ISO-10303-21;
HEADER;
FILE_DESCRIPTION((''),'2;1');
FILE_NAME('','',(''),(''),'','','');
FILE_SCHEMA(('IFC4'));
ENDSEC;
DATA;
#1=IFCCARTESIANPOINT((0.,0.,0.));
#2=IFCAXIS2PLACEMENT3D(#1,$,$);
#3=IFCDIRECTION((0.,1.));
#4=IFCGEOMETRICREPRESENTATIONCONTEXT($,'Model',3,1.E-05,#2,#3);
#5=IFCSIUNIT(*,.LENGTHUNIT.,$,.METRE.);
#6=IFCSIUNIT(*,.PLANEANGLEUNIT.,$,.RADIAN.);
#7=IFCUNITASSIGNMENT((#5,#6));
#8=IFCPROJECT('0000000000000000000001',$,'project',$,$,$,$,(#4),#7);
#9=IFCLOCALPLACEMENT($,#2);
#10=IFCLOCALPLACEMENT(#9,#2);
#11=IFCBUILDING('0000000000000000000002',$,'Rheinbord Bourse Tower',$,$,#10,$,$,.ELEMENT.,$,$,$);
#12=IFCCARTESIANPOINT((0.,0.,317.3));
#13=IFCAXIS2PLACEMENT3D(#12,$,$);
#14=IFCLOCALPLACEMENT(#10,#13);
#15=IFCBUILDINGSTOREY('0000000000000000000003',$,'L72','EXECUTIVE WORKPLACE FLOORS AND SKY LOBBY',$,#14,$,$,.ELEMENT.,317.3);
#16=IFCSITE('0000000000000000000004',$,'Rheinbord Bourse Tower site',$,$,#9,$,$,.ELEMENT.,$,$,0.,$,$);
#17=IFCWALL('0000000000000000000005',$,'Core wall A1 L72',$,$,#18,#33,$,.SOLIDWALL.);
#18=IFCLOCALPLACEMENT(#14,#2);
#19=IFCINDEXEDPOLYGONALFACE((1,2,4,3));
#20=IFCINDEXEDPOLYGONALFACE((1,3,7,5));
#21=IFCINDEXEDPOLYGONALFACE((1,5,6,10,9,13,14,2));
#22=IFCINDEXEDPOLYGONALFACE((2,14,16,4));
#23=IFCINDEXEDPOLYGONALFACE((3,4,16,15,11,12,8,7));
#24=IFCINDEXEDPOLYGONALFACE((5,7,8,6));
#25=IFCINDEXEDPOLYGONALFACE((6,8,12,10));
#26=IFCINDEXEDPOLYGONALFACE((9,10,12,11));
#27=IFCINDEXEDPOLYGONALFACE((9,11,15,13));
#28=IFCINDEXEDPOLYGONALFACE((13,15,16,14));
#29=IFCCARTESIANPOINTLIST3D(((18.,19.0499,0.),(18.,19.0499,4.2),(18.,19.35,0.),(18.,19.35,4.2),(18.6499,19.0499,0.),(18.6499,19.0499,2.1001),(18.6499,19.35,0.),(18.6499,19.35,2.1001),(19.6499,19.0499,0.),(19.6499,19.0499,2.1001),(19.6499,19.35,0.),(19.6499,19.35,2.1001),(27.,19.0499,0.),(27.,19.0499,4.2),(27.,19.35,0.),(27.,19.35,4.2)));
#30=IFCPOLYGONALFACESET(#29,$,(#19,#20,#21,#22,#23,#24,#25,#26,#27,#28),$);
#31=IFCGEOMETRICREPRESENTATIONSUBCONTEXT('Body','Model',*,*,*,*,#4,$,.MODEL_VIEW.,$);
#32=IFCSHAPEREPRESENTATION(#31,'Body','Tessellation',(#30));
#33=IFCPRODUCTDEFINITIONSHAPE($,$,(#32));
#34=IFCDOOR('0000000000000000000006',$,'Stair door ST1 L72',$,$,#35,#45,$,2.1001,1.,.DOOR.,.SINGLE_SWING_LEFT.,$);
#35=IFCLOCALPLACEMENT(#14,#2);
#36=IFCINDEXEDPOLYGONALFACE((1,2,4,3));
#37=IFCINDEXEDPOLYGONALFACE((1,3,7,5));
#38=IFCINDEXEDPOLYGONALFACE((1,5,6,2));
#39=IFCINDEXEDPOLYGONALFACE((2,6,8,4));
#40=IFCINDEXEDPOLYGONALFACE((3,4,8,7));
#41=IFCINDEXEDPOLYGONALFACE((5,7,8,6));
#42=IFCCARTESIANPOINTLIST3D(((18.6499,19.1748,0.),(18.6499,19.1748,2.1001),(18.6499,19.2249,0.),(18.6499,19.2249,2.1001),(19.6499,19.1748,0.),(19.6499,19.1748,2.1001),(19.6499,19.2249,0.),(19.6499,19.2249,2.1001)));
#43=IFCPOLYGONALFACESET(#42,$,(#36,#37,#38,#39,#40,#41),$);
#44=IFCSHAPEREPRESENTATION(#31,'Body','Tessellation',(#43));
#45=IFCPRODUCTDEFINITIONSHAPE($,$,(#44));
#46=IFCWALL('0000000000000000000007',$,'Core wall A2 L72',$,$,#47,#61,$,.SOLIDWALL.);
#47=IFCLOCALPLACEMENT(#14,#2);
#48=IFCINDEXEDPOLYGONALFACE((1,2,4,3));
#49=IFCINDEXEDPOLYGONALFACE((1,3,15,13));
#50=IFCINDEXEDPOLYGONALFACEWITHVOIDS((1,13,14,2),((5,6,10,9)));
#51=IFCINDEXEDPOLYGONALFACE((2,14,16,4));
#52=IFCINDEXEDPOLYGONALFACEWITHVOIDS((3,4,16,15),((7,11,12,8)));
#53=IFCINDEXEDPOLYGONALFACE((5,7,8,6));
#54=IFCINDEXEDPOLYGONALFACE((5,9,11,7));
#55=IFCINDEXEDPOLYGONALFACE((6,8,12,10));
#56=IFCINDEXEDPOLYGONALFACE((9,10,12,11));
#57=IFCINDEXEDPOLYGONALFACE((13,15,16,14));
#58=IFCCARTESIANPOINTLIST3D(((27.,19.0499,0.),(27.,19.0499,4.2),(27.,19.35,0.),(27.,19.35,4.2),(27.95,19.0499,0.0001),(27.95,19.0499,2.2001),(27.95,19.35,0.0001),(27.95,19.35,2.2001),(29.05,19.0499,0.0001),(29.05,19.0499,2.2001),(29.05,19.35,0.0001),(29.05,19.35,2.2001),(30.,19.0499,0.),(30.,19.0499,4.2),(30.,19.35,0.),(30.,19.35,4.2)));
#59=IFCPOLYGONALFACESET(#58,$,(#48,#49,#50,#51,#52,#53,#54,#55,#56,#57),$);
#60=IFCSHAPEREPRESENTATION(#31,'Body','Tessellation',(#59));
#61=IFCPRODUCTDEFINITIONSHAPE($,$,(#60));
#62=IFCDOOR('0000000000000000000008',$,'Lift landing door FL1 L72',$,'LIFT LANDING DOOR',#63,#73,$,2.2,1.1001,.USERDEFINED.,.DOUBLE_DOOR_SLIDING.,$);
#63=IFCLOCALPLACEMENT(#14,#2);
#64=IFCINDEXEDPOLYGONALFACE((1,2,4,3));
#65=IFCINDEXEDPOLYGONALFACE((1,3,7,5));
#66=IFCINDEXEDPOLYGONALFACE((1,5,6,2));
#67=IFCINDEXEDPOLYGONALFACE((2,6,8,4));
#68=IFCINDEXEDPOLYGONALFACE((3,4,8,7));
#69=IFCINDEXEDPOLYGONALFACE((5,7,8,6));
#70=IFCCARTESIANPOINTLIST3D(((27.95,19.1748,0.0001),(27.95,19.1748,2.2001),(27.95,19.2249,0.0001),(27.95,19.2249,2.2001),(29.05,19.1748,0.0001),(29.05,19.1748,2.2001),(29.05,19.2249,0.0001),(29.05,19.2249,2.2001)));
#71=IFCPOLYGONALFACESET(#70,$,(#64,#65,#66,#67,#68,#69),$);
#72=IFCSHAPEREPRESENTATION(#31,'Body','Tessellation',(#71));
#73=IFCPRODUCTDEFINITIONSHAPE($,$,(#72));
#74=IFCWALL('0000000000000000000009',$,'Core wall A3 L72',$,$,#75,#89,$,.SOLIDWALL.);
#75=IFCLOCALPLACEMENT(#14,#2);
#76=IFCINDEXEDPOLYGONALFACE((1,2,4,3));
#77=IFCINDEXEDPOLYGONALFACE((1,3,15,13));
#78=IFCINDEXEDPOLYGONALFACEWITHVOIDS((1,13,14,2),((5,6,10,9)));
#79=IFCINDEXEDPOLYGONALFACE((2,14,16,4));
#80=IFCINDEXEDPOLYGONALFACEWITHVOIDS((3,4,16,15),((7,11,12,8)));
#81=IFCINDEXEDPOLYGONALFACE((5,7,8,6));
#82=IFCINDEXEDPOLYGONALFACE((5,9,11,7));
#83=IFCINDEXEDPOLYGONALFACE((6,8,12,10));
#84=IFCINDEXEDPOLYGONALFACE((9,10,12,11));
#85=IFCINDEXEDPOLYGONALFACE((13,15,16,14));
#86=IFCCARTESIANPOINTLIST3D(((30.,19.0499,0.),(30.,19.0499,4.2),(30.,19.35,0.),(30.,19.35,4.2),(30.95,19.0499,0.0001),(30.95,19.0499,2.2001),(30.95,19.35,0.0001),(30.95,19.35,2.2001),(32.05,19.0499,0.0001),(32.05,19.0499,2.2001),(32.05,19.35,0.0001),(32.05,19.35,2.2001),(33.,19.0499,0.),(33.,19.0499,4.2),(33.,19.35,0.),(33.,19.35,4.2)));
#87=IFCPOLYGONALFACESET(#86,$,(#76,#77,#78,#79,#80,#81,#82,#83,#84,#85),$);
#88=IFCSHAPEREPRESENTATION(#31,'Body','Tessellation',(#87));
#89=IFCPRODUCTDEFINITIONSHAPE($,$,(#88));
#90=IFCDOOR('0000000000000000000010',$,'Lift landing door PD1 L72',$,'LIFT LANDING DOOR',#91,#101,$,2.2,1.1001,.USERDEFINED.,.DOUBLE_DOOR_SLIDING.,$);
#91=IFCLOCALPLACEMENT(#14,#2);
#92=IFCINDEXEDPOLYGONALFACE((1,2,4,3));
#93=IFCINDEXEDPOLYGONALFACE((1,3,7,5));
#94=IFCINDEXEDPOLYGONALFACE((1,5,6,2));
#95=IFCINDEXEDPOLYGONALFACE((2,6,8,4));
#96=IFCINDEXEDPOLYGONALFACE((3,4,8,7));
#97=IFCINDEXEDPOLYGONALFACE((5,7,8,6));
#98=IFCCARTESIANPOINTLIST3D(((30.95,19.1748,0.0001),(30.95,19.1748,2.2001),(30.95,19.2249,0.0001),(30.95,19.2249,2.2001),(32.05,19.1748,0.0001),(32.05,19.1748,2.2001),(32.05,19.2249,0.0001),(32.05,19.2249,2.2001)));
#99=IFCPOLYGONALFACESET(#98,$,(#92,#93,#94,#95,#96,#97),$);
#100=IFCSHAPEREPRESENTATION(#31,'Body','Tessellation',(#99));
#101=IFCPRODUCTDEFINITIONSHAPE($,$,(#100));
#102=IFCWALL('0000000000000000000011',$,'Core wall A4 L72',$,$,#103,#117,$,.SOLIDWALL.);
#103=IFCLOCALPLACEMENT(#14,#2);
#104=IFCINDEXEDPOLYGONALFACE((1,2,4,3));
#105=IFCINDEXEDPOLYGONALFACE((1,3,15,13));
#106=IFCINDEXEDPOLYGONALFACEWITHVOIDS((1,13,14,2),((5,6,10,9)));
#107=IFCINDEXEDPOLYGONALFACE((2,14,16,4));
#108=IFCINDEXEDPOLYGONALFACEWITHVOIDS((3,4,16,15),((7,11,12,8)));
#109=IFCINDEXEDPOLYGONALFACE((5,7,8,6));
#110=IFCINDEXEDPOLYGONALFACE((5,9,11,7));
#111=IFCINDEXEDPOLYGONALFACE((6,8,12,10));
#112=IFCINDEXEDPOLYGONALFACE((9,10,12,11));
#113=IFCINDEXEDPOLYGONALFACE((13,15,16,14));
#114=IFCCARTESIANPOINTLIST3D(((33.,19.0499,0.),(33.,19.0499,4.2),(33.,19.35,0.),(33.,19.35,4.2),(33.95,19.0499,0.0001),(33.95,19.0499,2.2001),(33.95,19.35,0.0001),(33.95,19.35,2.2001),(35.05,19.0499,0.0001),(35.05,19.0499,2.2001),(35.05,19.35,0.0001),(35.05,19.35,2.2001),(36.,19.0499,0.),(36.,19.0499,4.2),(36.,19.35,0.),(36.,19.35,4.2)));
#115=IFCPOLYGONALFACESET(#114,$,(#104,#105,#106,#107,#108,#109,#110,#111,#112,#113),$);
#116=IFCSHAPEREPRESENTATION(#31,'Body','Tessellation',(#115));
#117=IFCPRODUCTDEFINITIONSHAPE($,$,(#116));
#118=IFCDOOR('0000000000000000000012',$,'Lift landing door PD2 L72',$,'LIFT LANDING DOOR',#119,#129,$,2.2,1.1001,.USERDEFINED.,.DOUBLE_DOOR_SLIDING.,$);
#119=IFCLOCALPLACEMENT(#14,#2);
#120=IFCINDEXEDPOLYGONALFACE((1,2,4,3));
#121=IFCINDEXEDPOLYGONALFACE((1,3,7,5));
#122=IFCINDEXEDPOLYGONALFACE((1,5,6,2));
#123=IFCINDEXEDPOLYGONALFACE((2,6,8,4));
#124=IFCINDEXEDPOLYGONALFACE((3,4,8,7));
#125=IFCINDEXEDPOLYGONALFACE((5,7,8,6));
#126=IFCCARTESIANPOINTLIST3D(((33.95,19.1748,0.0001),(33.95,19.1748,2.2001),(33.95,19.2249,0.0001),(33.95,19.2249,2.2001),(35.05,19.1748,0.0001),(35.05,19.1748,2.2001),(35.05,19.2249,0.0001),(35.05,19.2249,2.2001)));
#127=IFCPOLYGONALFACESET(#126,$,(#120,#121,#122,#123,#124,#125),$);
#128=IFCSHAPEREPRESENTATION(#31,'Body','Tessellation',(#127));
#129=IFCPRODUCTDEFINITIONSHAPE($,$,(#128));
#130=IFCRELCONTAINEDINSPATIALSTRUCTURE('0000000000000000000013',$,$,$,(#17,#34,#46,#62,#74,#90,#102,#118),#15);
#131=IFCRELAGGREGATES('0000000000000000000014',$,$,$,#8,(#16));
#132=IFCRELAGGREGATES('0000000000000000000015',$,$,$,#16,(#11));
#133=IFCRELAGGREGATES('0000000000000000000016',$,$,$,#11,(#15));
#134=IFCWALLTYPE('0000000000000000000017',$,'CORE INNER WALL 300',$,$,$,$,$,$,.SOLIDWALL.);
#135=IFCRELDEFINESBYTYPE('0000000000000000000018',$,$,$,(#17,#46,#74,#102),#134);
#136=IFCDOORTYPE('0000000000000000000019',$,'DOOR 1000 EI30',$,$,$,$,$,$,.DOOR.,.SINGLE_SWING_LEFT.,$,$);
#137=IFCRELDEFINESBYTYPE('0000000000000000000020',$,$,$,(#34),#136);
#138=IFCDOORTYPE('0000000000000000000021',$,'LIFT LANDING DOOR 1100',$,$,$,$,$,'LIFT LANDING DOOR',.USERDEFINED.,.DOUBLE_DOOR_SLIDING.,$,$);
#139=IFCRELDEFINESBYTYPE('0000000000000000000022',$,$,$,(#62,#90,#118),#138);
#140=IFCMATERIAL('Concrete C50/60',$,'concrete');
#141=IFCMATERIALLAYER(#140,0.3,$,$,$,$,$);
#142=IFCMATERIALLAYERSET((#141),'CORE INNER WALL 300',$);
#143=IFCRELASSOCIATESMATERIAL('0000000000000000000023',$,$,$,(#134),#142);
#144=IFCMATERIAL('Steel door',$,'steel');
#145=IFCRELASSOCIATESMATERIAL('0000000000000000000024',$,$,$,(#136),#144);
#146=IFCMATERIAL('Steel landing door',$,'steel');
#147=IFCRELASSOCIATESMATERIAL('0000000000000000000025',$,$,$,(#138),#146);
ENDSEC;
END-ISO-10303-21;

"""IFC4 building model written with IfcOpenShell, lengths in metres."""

from ifc_helpers import new_model, si_unit, direction, frame, frame_2d, origin, place, context, subcontext, project, spatial, rectangle, extrude, material, layer, layer_set, type_object, element, fill, save


model = new_model("IFC4")

# Units and contexts
model_context = context("Model", 3, precision=1e-05, world=origin(), true_north=direction((0.0, 1.0)))
body_context = subcontext(model_context, "Body", "Model", "MODEL_VIEW")
ifc_project = project(units=[si_unit("LENGTHUNIT", "METRE"), si_unit("PLANEANGLEUNIT", "RADIAN")], contexts=[model_context])

# Site, building, storey
site_placement = place(None, origin())
site = spatial("IfcSite", under=ifc_project, at=site_placement, Name="Rheinbord Bourse Tower site", CompositionType="ELEMENT", RefElevation=0.0)
building_placement = place(site_placement, origin())
building = spatial("IfcBuilding", under=site, at=building_placement, Name="Rheinbord Bourse Tower", CompositionType="ELEMENT")
storey_placement = place(building_placement, frame((0.0, 0.0, 317.3)))
storey = spatial("IfcBuildingStorey", under=building, at=storey_placement, Name="L72", Description="EXECUTIVE WORKPLACE FLOORS AND SKY LOBBY", CompositionType="ELEMENT", Elevation=317.3)

# Walls, openings, doors
ifc_material_1 = material(Name="Concrete C50/60", Category="concrete")
ifc_layer_1 = layer(ifc_material_1, 0.3)
ifc_layer_set_1 = layer_set([ifc_layer_1], Name="CORE INNER WALL 300")
wall_type_1 = type_object("IfcWallType", Name="CORE INNER WALL 300", PredefinedType="SOLIDWALL", material=ifc_layer_set_1)
wall_1_placement = place(storey_placement, frame((18.0, 19.2, 0.0), z_axis=(0.0, 0.0, 1.0), x_axis=(1.0, 0.0, 0.0)))
wall_1 = element("IfcWall", 1, at=wall_1_placement, inside=storey, type_object=wall_type_1, Name="Core wall A1 L72", PredefinedType="SOLIDWALL", context=body_context, shape_type="SweptSolid", body=[
    extrude(rectangle(XDim=9.0, YDim=0.3, at=frame_2d((4.5, 0.0))), origin(), (0.0, 0.0, 1.0), 4.2),
])
opening_1_placement = place(wall_1_placement, frame((0.6499, 0.0, 0.0)))
opening_1 = element("IfcOpeningElement", 2, at=opening_1_placement, cuts=wall_1, PredefinedType="OPENING", context=body_context, shape_type="SweptSolid", body=[
    extrude(rectangle(XDim=1.0, YDim=2.1001, at=frame_2d((0.5, 1.05))), frame((0.0, 0.1599, 0.0), z_axis=(0.0, -1.0, 0.0), x_axis=(1.0, 0.0, 0.0)), (0.0, 0.0, 1.0), 0.3201),
])
ifc_material_2 = material(Name="Steel door", Category="steel")
door_type_1 = type_object("IfcDoorType", Name="DOOR 1000 EI30", OperationType="SINGLE_SWING_LEFT", PredefinedType="DOOR", material=ifc_material_2)
door_1_placement = place(opening_1_placement, origin())
door_1 = element("IfcDoor", 3, at=door_1_placement, inside=storey, type_object=door_type_1, Name="Stair door ST1 L72", OperationType="SINGLE_SWING_LEFT", OverallHeight=2.1001, OverallWidth=1.0, PredefinedType="DOOR", context=body_context, shape_type="SweptSolid", body=[
    extrude(rectangle(XDim=1.0, YDim=2.1001, at=frame_2d((0.5, 1.05))), frame((0.0, 0.0249, 0.0), z_axis=(0.0, -1.0, 0.0), x_axis=(1.0, 0.0, 0.0)), (0.0, 0.0, 1.0), 0.05),
])
fill(opening_1, door_1)
wall_2_placement = place(storey_placement, frame((27.0, 19.2, 0.0), z_axis=(0.0, 0.0, 1.0), x_axis=(1.0, 0.0, 0.0)))
wall_2 = element("IfcWall", 4, at=wall_2_placement, inside=storey, type_object=wall_type_1, Name="Core wall A2 L72", PredefinedType="SOLIDWALL", context=body_context, shape_type="SweptSolid", body=[
    extrude(rectangle(XDim=3.0, YDim=0.3, at=frame_2d((1.5, 0.0))), origin(), (0.0, 0.0, 1.0), 4.2),
])
opening_2_placement = place(wall_2_placement, frame((0.95, 0.0, 0.0)))
opening_2 = element("IfcOpeningElement", 5, at=opening_2_placement, cuts=wall_2, PredefinedType="OPENING", context=body_context, shape_type="SweptSolid", body=[
    extrude(rectangle(XDim=1.1001, YDim=2.2, at=frame_2d((0.55, 1.1001))), frame((0.0, 0.1599, 0.0), z_axis=(0.0, -1.0, 0.0), x_axis=(1.0, 0.0, 0.0)), (0.0, 0.0, 1.0), 0.3201),
])
ifc_material_3 = material(Name="Steel landing door", Category="steel")
door_type_2 = type_object("IfcDoorType", Name="LIFT LANDING DOOR 1100", ElementType="LIFT LANDING DOOR", OperationType="DOUBLE_DOOR_SLIDING", PredefinedType="USERDEFINED", material=ifc_material_3)
door_2_placement = place(opening_2_placement, origin())
door_2 = element("IfcDoor", 6, at=door_2_placement, inside=storey, type_object=door_type_2, Name="Lift landing door FL1 L72", ObjectType="LIFT LANDING DOOR", OperationType="DOUBLE_DOOR_SLIDING", OverallHeight=2.2, OverallWidth=1.1001, PredefinedType="USERDEFINED", context=body_context, shape_type="SweptSolid", body=[
    extrude(rectangle(XDim=1.1001, YDim=2.2, at=frame_2d((0.55, 1.1001))), frame((0.0, 0.0249, 0.0), z_axis=(0.0, -1.0, 0.0), x_axis=(1.0, 0.0, 0.0)), (0.0, 0.0, 1.0), 0.05),
])
fill(opening_2, door_2)
wall_3_placement = place(storey_placement, frame((30.0, 19.2, 0.0), z_axis=(0.0, 0.0, 1.0), x_axis=(1.0, 0.0, 0.0)))
wall_3 = element("IfcWall", 7, at=wall_3_placement, inside=storey, type_object=wall_type_1, Name="Core wall A3 L72", PredefinedType="SOLIDWALL", context=body_context, shape_type="SweptSolid", body=[
    extrude(rectangle(XDim=3.0, YDim=0.3, at=frame_2d((1.5, 0.0))), origin(), (0.0, 0.0, 1.0), 4.2),
])
opening_3_placement = place(wall_3_placement, frame((0.95, 0.0, 0.0)))
opening_3 = element("IfcOpeningElement", 8, at=opening_3_placement, cuts=wall_3, PredefinedType="OPENING", context=body_context, shape_type="SweptSolid", body=[
    extrude(rectangle(XDim=1.1001, YDim=2.2, at=frame_2d((0.55, 1.1001))), frame((0.0, 0.1599, 0.0), z_axis=(0.0, -1.0, 0.0), x_axis=(1.0, 0.0, 0.0)), (0.0, 0.0, 1.0), 0.3201),
])
door_3_placement = place(opening_3_placement, origin())
door_3 = element("IfcDoor", 9, at=door_3_placement, inside=storey, type_object=door_type_2, Name="Lift landing door PD1 L72", ObjectType="LIFT LANDING DOOR", OperationType="DOUBLE_DOOR_SLIDING", OverallHeight=2.2, OverallWidth=1.1001, PredefinedType="USERDEFINED", context=body_context, shape_type="SweptSolid", body=[
    extrude(rectangle(XDim=1.1001, YDim=2.2, at=frame_2d((0.55, 1.1001))), frame((0.0, 0.0249, 0.0), z_axis=(0.0, -1.0, 0.0), x_axis=(1.0, 0.0, 0.0)), (0.0, 0.0, 1.0), 0.05),
])
fill(opening_3, door_3)
wall_4_placement = place(storey_placement, frame((33.0, 19.2, 0.0), z_axis=(0.0, 0.0, 1.0), x_axis=(1.0, 0.0, 0.0)))
wall_4 = element("IfcWall", 10, at=wall_4_placement, inside=storey, type_object=wall_type_1, Name="Core wall A4 L72", PredefinedType="SOLIDWALL", context=body_context, shape_type="SweptSolid", body=[
    extrude(rectangle(XDim=3.0, YDim=0.3, at=frame_2d((1.5, 0.0))), origin(), (0.0, 0.0, 1.0), 4.2),
])
opening_4_placement = place(wall_4_placement, frame((0.95, 0.0, 0.0)))
opening_4 = element("IfcOpeningElement", 11, at=opening_4_placement, cuts=wall_4, PredefinedType="OPENING", context=body_context, shape_type="SweptSolid", body=[
    extrude(rectangle(XDim=1.1001, YDim=2.2, at=frame_2d((0.55, 1.1001))), frame((0.0, 0.1599, 0.0), z_axis=(0.0, -1.0, 0.0), x_axis=(1.0, 0.0, 0.0)), (0.0, 0.0, 1.0), 0.3201),
])
door_4_placement = place(opening_4_placement, origin())
door_4 = element("IfcDoor", 12, at=door_4_placement, inside=storey, type_object=door_type_2, Name="Lift landing door PD2 L72", ObjectType="LIFT LANDING DOOR", OperationType="DOUBLE_DOOR_SLIDING", OverallHeight=2.2, OverallWidth=1.1001, PredefinedType="USERDEFINED", context=body_context, shape_type="SweptSolid", body=[
    extrude(rectangle(XDim=1.1001, YDim=2.2, at=frame_2d((0.55, 1.1001))), frame((0.0, 0.0249, 0.0), z_axis=(0.0, -1.0, 0.0), x_axis=(1.0, 0.0, 0.0)), (0.0, 0.0, 1.0), 0.05),
])
fill(opening_4, door_4)

save(model, "model.ifc")
